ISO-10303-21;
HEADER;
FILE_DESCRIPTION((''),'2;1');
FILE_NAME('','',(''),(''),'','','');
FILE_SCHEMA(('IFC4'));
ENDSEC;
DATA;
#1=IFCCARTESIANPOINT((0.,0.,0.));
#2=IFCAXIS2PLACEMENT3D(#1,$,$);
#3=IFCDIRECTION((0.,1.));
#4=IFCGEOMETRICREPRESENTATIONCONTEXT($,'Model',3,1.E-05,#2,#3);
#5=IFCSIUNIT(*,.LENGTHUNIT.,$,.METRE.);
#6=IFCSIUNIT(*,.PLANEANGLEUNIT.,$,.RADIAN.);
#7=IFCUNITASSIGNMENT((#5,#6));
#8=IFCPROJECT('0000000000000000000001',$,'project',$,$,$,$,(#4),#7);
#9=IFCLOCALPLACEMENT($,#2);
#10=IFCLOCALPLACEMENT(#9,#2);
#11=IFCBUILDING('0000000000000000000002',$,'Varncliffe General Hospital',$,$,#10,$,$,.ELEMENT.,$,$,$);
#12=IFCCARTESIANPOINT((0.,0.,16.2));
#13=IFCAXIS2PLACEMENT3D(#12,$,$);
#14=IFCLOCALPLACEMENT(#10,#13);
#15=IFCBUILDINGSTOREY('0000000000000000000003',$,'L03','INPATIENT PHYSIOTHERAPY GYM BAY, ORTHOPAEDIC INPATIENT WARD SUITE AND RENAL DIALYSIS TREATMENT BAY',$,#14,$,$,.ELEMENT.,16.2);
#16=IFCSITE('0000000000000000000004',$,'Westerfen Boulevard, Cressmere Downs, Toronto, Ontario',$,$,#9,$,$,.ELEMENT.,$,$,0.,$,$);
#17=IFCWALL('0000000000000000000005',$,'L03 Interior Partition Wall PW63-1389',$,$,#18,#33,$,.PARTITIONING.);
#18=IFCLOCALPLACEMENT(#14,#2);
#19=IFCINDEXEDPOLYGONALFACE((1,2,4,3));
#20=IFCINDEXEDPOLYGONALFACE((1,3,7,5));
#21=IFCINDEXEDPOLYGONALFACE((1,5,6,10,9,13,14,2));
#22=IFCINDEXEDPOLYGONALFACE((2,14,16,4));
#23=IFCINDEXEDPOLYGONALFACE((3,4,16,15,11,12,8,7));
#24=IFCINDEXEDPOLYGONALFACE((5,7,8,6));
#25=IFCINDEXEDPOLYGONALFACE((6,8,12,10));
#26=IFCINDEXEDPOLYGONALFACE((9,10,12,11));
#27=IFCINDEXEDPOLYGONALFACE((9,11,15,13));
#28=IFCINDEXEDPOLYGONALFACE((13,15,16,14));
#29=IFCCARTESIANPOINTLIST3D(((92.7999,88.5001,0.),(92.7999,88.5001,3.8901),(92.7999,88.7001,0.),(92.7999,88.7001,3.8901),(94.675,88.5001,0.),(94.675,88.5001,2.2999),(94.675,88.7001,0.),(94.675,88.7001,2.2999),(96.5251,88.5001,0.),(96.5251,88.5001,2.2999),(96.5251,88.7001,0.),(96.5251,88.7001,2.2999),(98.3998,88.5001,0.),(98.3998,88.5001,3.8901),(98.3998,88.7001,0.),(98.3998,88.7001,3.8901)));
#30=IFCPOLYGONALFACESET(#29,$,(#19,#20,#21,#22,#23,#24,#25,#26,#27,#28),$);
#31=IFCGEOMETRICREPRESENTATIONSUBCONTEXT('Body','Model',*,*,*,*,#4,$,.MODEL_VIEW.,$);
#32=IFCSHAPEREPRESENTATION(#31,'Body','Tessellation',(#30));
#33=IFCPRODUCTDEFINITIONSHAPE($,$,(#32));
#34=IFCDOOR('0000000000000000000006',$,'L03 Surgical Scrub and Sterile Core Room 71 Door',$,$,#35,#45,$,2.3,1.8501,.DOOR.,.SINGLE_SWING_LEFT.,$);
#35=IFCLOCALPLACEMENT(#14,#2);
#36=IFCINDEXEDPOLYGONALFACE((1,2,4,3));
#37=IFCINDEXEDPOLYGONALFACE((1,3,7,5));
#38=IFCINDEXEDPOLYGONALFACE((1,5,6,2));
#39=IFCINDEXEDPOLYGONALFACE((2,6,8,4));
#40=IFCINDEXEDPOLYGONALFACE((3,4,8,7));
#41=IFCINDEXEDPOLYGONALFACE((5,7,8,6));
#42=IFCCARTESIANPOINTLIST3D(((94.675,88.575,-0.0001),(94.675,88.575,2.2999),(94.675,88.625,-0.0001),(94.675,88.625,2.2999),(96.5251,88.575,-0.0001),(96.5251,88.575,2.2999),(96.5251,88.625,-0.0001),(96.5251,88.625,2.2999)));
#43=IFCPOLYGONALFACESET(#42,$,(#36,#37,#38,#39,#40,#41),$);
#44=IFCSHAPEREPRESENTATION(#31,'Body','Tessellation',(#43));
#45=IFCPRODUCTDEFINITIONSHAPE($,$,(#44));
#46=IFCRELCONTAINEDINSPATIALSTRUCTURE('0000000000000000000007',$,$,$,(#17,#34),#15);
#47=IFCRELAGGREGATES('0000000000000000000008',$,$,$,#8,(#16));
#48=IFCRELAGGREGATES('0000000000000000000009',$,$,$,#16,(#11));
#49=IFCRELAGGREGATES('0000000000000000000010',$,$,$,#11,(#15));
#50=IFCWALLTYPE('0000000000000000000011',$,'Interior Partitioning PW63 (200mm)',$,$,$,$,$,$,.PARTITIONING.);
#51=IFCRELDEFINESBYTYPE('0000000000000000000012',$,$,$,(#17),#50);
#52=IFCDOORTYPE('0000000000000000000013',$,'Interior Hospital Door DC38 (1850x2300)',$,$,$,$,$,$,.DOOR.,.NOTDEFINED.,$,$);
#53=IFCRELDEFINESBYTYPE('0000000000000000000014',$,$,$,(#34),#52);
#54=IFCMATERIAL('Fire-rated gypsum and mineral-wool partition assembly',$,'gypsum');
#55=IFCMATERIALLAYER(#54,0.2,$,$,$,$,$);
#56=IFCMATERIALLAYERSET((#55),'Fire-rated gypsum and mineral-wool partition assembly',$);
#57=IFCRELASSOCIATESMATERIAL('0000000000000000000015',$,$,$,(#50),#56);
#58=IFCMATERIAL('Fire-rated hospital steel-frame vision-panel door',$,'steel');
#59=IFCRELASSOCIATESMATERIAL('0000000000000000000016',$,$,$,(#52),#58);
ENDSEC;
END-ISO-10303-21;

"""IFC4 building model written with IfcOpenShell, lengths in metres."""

from ifc_helpers import new_model, si_unit, direction, frame, frame_2d, origin, place, context, subcontext, project, spatial, rectangle, extrude, material, layer, layer_set, type_object, element, fill, save


model = new_model("IFC4")

# Units and contexts
model_context = context("Model", 3, precision=1e-05, world=origin(), true_north=direction((0.0, 1.0)))
body_context = subcontext(model_context, "Body", "Model", "MODEL_VIEW")
ifc_project = project(units=[si_unit("LENGTHUNIT", "METRE"), si_unit("PLANEANGLEUNIT", "RADIAN")], contexts=[model_context])

# Site, building, storey
site_placement = place(None, origin())
site = spatial("IfcSite", under=ifc_project, at=site_placement, Name="Westerfen Boulevard, Cressmere Downs, Toronto, Ontario", CompositionType="ELEMENT", RefElevation=0.0)
building_placement = place(site_placement, origin())
building = spatial("IfcBuilding", under=site, at=building_placement, Name="Varncliffe General Hospital", CompositionType="ELEMENT")
storey_placement = place(building_placement, frame((0.0, 0.0, 16.2)))
storey = spatial("IfcBuildingStorey", under=building, at=storey_placement, Name="L03", Description="INPATIENT PHYSIOTHERAPY GYM BAY, ORTHOPAEDIC INPATIENT WARD SUITE AND RENAL DIALYSIS TREATMENT BAY", CompositionType="ELEMENT", Elevation=16.2)

# Wall, opening, door
ifc_material_1 = material(Name="Fire-rated gypsum and mineral-wool partition assembly", Category="gypsum")
ifc_layer_1 = layer(ifc_material_1, 0.2)
ifc_layer_set_1 = layer_set([ifc_layer_1], Name="Fire-rated gypsum and mineral-wool partition assembly")
wall_type_1 = type_object("IfcWallType", Name="Interior Partitioning PW63 (200mm)", PredefinedType="PARTITIONING", material=ifc_layer_set_1)
ifc_material_2 = material(Name="Fire-rated hospital steel-frame vision-panel door", Category="steel")
door_type_1 = type_object("IfcDoorType", Name="Interior Hospital Door DC38 (1850x2300)", OperationType="NOTDEFINED", PredefinedType="DOOR", material=ifc_material_2)
wall_1_placement = place(storey_placement, frame((92.8, 88.6001, 0.0), z_axis=(0.0, 0.0, 1.0), x_axis=(1.0, 0.0, 0.0)))
wall_1 = element("IfcWall", 1, at=wall_1_placement, inside=storey, type_object=wall_type_1, Name="L03 Interior Partition Wall PW63-1389", PredefinedType="PARTITIONING", context=body_context, shape_type="SweptSolid", body=[
    extrude(rectangle(XDim=5.5999, YDim=0.2, at=frame_2d((2.7998, 0.0))), origin(), (0.0, 0.0, 1.0), 3.8901),
])
opening_1_placement = place(wall_1_placement, frame((1.875, 0.0, 0.0)))
opening_1 = element("IfcOpeningElement", 2, at=opening_1_placement, cuts=wall_1, PredefinedType="OPENING", context=body_context, shape_type="SweptSolid", body=[
    extrude(rectangle(XDim=1.8501, YDim=2.3, at=frame_2d((0.925, 1.1499))), frame((0.0, 0.1099, 0.0), z_axis=(0.0, -1.0, 0.0), x_axis=(1.0, 0.0, 0.0)), (0.0, 0.0, 1.0), 0.22),
])
door_1_placement = place(opening_1_placement, origin())
door_1 = element("IfcDoor", 3, at=door_1_placement, inside=storey, type_object=door_type_1, Name="L03 Surgical Scrub and Sterile Core Room 71 Door", OperationType="SINGLE_SWING_LEFT", OverallHeight=2.3, OverallWidth=1.8501, PredefinedType="DOOR", context=body_context, shape_type="SweptSolid", body=[
    extrude(rectangle(XDim=1.8501, YDim=2.3, at=frame_2d((0.925, 1.1499))), frame((0.0, 0.0249, 0.0), z_axis=(0.0, -1.0, 0.0), x_axis=(1.0, 0.0, 0.0)), (0.0, 0.0, 1.0), 0.05),
])
fill(opening_1, door_1)

save(model, "model.ifc")
